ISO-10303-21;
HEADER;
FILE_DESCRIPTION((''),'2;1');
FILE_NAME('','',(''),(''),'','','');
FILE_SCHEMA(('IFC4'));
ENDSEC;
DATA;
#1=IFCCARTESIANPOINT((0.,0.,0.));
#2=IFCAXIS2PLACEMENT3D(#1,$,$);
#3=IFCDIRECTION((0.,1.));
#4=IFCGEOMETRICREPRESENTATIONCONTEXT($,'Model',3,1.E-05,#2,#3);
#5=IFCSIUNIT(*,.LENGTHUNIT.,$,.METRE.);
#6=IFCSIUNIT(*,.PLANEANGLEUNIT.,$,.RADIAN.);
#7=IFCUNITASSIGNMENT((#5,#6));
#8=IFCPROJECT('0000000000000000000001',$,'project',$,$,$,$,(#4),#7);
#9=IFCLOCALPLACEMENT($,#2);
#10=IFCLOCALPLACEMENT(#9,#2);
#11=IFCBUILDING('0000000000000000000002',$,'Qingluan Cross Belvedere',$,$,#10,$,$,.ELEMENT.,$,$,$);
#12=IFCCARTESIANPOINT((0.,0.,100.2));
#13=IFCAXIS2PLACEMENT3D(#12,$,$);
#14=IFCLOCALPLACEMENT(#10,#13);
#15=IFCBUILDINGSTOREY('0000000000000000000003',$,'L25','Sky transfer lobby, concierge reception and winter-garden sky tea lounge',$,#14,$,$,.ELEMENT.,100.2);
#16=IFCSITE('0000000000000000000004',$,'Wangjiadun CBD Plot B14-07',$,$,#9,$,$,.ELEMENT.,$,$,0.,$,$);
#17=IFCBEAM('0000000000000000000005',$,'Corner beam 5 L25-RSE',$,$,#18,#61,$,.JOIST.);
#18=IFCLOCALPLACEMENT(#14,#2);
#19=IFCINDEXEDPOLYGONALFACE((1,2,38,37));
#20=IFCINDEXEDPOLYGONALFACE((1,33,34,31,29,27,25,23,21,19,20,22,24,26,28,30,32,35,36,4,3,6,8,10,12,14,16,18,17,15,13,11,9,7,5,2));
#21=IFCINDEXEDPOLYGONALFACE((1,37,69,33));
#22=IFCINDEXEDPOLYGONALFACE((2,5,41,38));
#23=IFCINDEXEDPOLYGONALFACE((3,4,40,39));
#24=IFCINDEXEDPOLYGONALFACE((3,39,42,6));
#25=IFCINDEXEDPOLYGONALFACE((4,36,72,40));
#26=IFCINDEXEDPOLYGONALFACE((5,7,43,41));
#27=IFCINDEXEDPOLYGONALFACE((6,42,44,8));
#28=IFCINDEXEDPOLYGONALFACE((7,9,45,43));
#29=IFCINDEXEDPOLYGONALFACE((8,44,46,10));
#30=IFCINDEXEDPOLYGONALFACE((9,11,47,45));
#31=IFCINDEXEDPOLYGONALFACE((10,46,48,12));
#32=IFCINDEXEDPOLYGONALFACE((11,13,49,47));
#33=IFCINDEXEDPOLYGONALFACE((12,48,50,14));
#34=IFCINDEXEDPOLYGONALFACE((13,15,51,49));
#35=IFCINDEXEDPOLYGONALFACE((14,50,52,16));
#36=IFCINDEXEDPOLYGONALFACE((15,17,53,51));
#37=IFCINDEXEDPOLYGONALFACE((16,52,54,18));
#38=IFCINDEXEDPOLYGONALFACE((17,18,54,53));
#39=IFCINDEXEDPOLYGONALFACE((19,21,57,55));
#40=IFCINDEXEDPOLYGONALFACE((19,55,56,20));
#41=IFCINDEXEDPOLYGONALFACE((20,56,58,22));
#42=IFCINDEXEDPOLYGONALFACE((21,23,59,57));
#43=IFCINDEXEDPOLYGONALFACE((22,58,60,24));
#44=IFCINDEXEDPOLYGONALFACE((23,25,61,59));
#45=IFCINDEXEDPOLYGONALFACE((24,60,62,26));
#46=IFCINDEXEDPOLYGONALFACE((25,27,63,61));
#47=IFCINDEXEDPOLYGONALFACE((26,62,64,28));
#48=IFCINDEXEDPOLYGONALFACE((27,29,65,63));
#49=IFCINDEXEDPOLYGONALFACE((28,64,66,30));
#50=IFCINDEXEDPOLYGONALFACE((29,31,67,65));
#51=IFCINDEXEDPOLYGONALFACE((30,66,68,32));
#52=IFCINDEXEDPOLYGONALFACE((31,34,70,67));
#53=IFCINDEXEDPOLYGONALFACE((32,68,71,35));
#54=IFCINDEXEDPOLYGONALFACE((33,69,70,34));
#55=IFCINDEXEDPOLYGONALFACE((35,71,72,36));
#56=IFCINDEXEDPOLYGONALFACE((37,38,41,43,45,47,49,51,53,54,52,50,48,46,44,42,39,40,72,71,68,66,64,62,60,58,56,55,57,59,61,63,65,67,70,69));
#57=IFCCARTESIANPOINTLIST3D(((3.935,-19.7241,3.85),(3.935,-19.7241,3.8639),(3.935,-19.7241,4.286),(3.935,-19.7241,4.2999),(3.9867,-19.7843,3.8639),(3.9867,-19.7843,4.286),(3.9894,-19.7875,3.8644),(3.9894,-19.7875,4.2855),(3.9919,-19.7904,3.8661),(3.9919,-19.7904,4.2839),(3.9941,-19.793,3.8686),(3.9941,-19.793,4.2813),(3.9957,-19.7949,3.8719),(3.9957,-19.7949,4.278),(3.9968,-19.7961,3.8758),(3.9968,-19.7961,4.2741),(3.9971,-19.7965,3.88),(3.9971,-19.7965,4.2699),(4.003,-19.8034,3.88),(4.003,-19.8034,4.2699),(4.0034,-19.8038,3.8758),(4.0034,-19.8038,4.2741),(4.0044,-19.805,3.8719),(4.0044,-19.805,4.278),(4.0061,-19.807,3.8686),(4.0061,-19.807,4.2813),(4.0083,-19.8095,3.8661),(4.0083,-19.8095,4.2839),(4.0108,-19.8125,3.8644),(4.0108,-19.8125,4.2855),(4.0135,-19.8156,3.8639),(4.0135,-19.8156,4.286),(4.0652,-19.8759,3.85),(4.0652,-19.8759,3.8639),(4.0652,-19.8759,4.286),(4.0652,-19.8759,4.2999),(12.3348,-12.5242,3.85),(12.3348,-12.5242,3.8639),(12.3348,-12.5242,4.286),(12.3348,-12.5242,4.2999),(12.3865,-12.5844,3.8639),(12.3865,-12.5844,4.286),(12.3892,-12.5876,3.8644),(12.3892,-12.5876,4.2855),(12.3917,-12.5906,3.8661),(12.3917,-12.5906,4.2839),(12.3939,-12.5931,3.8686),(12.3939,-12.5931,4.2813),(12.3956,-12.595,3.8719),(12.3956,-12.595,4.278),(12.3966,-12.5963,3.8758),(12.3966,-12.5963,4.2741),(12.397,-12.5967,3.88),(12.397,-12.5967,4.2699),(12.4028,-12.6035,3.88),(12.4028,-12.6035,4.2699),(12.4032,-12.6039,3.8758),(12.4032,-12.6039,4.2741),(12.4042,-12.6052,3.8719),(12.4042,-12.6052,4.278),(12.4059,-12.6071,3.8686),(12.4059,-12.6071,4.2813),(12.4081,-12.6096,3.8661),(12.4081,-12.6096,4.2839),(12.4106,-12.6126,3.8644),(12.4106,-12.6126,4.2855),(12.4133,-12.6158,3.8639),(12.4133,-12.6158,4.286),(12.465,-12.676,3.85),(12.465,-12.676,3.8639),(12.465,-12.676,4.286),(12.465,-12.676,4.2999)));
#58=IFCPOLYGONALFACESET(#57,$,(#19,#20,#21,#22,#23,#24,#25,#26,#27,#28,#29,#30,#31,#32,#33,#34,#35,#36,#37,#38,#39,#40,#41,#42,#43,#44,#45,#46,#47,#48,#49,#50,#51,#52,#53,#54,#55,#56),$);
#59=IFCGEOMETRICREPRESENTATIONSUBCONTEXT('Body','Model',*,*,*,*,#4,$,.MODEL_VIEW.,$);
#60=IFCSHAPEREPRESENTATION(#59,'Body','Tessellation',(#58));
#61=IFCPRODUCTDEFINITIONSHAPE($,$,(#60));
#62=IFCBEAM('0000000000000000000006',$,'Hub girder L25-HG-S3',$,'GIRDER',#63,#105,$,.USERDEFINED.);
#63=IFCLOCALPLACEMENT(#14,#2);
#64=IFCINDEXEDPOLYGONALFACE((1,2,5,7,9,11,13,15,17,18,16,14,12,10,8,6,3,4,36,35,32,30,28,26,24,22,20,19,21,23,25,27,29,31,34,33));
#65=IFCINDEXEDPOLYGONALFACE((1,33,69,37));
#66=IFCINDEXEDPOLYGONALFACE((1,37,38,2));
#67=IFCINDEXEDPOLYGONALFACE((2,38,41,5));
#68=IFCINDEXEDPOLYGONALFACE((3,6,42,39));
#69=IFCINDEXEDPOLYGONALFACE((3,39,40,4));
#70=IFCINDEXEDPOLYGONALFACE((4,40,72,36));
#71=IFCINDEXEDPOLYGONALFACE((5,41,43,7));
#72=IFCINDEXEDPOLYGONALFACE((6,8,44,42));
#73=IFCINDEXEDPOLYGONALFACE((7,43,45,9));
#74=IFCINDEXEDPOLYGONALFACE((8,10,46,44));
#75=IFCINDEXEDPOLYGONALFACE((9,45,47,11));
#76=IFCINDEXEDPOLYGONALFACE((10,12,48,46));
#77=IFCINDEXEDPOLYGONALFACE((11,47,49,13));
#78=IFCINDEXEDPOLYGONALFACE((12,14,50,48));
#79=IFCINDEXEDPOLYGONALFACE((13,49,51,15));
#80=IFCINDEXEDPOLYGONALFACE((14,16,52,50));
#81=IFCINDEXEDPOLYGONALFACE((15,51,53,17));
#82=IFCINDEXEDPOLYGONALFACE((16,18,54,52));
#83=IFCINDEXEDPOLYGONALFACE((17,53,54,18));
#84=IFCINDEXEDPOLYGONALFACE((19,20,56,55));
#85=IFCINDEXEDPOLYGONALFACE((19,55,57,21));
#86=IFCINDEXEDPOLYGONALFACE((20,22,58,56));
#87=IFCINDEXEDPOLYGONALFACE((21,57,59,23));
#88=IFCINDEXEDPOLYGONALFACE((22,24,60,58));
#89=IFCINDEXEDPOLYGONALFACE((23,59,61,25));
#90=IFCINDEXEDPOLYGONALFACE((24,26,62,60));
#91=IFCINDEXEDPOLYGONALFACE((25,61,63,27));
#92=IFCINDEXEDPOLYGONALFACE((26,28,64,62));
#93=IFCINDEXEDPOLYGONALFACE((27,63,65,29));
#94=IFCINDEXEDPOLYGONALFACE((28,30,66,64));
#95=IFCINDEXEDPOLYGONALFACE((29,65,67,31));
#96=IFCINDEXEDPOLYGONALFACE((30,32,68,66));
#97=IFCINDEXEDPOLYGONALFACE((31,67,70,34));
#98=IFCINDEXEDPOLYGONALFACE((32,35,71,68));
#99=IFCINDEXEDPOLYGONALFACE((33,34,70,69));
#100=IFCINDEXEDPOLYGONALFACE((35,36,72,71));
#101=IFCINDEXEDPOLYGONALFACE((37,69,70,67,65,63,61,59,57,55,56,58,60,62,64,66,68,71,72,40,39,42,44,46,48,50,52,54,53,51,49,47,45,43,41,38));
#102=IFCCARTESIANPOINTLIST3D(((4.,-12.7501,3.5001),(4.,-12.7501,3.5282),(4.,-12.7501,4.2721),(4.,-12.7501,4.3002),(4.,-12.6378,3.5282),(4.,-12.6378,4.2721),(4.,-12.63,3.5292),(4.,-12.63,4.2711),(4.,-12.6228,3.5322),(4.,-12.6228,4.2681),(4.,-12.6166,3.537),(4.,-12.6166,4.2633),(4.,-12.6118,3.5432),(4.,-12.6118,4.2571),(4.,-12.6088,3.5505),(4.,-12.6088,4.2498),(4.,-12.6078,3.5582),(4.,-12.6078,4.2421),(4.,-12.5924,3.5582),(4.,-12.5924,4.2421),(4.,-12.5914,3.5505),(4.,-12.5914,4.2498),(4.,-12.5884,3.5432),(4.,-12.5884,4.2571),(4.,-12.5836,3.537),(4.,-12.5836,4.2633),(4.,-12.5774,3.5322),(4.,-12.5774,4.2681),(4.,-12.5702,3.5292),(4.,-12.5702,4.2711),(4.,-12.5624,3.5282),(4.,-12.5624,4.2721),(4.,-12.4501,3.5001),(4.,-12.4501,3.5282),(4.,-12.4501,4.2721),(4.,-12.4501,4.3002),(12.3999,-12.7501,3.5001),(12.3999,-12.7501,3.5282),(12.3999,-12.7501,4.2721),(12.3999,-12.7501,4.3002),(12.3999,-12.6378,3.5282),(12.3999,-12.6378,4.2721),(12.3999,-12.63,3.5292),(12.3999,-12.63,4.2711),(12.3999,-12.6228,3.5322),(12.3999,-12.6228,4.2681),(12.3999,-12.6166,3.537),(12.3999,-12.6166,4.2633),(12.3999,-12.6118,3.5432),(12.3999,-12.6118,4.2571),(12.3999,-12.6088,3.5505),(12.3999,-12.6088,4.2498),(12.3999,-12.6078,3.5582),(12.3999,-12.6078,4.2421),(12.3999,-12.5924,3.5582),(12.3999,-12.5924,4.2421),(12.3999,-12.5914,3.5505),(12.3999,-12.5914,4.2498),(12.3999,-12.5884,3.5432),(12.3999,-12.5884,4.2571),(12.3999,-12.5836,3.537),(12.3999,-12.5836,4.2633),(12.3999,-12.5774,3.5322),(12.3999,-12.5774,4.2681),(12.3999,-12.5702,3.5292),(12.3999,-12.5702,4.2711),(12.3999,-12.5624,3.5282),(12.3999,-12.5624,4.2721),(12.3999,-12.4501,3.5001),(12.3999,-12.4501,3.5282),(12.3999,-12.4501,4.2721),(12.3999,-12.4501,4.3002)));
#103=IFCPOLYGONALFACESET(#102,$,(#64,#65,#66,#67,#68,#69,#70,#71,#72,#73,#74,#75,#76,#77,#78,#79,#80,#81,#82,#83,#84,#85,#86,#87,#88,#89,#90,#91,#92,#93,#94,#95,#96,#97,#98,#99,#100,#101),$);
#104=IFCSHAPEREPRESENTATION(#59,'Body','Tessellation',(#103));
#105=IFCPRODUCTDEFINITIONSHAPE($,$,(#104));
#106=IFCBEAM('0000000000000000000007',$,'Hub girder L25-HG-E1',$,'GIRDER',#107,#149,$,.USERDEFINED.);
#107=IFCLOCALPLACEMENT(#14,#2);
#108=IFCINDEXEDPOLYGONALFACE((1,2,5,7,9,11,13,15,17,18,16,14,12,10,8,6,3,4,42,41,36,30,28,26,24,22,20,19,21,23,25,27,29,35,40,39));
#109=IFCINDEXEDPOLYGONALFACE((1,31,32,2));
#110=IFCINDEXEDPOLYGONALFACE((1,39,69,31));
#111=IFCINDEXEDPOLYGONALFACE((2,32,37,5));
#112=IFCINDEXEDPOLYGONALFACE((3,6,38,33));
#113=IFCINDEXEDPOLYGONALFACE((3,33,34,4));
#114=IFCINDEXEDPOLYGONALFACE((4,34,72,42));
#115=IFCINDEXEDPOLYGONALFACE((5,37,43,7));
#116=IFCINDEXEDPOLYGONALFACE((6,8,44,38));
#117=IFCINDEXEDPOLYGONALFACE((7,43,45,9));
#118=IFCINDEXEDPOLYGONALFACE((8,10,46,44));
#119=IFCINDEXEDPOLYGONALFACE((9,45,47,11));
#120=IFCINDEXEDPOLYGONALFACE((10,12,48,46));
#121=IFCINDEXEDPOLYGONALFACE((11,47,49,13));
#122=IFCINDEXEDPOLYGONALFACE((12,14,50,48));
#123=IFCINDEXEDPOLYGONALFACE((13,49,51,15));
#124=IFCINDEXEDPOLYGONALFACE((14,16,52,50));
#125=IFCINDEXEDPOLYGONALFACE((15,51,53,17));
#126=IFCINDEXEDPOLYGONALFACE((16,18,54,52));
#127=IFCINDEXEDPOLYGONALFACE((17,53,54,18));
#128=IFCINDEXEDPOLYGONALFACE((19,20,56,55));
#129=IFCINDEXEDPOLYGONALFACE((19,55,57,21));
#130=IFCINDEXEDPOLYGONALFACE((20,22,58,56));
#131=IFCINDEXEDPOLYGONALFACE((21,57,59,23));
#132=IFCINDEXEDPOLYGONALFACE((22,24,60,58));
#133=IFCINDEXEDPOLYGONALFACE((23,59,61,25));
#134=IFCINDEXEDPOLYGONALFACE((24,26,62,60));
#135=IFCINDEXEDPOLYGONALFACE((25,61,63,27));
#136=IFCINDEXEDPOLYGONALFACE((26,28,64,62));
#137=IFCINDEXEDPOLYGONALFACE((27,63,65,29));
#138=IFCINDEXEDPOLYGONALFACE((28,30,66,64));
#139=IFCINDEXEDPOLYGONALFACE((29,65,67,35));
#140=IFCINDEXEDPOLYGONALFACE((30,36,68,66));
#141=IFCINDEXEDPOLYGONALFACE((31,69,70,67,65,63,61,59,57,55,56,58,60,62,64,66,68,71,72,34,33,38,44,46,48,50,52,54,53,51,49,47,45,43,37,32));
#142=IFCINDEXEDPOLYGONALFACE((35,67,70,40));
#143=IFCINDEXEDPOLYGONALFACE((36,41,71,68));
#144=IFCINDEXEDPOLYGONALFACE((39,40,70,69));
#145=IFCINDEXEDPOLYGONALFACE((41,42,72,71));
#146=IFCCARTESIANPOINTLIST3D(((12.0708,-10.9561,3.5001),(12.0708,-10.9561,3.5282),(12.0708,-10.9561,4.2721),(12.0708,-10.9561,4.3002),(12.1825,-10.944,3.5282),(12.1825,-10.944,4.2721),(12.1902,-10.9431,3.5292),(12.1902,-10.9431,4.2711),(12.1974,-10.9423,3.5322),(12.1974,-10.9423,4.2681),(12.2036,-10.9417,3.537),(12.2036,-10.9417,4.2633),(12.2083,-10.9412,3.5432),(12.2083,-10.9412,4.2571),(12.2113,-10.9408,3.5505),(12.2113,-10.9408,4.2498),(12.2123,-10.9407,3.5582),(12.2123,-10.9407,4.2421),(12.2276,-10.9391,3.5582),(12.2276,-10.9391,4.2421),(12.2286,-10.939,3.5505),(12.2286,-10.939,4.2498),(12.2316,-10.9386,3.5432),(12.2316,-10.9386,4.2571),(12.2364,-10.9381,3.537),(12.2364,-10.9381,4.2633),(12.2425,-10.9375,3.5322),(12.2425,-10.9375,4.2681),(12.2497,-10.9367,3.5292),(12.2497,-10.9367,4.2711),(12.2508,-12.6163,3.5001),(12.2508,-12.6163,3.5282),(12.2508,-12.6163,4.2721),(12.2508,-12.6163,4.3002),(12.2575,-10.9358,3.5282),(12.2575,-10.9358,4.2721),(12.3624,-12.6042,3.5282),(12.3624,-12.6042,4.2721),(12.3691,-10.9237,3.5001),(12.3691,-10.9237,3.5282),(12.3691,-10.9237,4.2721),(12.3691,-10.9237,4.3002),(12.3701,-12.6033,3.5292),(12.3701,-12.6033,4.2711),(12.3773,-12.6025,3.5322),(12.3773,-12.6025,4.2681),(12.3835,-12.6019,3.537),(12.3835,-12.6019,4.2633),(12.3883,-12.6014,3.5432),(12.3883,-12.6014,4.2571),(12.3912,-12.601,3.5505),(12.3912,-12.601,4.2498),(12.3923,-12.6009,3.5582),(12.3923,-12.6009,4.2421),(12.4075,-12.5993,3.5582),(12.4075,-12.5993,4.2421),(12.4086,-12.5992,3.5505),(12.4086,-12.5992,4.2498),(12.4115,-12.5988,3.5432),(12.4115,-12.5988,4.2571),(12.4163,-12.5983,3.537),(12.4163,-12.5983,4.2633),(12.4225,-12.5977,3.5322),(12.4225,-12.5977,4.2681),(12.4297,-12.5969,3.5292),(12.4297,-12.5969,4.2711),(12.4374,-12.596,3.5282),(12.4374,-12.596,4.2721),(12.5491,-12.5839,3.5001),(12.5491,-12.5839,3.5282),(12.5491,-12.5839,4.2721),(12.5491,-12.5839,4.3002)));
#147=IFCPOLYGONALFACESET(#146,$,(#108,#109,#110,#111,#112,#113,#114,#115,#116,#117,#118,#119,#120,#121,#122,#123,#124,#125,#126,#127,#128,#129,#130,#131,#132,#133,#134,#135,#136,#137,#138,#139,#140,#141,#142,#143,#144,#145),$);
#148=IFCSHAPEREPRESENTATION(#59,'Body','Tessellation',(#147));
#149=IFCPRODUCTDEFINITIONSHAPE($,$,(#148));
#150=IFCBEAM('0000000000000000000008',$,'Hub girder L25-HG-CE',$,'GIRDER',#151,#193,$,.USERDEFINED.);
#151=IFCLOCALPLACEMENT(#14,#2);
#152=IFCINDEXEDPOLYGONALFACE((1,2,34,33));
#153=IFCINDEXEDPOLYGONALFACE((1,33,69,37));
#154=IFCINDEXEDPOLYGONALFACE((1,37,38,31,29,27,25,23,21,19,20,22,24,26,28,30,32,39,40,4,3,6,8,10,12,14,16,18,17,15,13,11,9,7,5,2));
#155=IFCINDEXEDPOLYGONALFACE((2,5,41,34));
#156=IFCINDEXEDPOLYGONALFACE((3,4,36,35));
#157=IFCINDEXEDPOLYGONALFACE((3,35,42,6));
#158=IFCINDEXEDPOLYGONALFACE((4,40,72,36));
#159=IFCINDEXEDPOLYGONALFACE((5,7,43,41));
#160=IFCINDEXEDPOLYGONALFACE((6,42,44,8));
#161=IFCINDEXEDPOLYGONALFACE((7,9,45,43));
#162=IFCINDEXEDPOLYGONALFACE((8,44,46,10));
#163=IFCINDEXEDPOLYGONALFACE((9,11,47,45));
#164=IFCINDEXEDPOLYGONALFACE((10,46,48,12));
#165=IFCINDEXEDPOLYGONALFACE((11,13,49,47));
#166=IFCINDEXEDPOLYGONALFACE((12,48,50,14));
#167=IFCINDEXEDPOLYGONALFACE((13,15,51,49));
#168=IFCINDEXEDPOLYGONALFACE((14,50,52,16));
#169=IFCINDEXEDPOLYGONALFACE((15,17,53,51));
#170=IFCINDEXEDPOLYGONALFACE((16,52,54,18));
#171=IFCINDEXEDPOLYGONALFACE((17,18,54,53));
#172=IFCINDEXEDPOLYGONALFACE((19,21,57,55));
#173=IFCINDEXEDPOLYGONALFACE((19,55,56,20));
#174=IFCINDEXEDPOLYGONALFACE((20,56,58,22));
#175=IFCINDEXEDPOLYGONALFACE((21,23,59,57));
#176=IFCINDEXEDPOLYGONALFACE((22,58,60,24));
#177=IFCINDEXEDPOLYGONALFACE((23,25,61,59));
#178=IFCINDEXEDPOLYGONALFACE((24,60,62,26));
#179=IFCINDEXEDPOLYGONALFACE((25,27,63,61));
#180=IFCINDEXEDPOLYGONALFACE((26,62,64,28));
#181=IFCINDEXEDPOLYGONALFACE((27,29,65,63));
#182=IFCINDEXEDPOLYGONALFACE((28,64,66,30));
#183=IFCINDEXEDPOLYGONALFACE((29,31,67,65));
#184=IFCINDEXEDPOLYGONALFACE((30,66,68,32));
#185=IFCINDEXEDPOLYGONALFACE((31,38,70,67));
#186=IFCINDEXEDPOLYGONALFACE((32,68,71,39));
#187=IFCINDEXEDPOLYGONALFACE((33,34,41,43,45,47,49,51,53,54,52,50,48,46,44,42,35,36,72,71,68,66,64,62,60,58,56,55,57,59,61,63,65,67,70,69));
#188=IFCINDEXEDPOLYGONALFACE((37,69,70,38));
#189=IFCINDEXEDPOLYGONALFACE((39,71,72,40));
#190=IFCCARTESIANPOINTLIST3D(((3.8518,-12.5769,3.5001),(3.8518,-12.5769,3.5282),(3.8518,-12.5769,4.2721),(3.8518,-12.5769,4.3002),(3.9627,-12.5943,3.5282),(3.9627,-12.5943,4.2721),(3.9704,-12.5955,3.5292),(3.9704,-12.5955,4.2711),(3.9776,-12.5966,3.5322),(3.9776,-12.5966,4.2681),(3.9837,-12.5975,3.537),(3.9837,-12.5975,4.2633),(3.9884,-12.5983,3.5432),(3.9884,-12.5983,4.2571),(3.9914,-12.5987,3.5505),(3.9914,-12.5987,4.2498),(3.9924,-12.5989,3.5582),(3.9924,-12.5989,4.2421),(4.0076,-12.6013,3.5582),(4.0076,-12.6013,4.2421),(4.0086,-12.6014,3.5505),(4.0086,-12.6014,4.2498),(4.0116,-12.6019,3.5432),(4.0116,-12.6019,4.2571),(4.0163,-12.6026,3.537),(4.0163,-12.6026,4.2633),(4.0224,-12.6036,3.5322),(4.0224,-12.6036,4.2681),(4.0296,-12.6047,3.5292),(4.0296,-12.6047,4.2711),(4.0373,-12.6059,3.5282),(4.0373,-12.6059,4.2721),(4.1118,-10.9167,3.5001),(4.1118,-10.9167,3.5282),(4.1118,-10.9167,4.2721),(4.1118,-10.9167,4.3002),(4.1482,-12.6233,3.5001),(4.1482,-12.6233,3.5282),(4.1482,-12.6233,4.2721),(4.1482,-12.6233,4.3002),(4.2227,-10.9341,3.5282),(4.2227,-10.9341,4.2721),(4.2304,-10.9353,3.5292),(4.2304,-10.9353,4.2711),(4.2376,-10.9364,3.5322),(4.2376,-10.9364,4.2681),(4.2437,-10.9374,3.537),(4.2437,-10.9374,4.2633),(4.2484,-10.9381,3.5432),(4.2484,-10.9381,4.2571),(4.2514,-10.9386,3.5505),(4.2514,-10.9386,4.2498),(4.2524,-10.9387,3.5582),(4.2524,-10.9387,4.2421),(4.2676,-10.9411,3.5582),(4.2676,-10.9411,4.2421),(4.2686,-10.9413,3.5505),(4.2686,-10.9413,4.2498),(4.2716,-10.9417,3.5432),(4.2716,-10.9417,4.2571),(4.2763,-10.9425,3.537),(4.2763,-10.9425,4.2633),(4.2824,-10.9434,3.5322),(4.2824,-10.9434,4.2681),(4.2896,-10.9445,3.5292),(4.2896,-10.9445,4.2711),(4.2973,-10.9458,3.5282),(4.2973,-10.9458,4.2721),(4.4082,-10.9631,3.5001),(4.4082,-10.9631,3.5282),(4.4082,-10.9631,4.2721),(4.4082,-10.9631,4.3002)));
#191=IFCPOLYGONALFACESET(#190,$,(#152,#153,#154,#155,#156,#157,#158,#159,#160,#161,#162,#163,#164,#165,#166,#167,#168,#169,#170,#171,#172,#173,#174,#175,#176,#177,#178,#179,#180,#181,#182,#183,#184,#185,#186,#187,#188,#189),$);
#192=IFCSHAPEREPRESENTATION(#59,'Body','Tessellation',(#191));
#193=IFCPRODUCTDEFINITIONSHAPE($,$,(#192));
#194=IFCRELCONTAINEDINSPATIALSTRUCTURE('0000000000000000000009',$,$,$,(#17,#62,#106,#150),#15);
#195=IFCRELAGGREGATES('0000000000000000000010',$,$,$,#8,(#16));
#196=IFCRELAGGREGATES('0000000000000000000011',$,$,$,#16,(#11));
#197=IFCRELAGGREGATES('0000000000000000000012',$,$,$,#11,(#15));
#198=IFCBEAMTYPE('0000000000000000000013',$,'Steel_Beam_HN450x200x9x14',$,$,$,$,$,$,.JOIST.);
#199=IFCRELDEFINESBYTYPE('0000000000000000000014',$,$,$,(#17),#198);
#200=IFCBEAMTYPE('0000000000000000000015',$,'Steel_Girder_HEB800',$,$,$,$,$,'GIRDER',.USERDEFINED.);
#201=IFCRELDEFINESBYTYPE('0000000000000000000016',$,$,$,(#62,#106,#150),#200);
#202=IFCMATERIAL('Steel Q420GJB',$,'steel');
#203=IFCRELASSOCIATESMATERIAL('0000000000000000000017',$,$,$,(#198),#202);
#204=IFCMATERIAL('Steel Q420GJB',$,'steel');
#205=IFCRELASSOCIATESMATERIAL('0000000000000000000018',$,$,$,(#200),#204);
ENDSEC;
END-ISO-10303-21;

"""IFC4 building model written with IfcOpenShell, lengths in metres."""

from ifc_helpers import new_model, si_unit, direction, frame, origin, origin_2d, place, context, subcontext, project, spatial, i_section, extrude, material, material_profile, profile_set, type_object, element, save


model = new_model("IFC4")

# Units and contexts
model_context = context("Model", 3, precision=1e-05, world=origin(), true_north=direction((0.0, 1.0)))
body_context = subcontext(model_context, "Body", "Model", "MODEL_VIEW")
ifc_project = project(units=[si_unit("LENGTHUNIT", "METRE"), si_unit("PLANEANGLEUNIT", "RADIAN")], contexts=[model_context])

# Site, building, storey
site_placement = place(None, origin())
site = spatial("IfcSite", under=ifc_project, at=site_placement, Name="Wangjiadun CBD Plot B14-07", CompositionType="ELEMENT", RefElevation=0.0)
building_placement = place(site_placement, origin())
building = spatial("IfcBuilding", under=site, at=building_placement, Name="Qingluan Cross Belvedere", CompositionType="ELEMENT")
storey_placement = place(building_placement, frame((0.0, 0.0, 100.2)))
storey = spatial("IfcBuildingStorey", under=building, at=storey_placement, Name="L25", Description="Sky transfer lobby, concierge reception and winter-garden sky tea lounge", CompositionType="ELEMENT", Elevation=100.2)

# Beams
ifc_material_1 = material(Name="Steel Q420GJB", Category="steel")
ifc_material_profile_1 = material_profile(ifc_material_1, i_section(OverallWidth=0.2, OverallDepth=0.45, WebThickness=0.009, FlangeThickness=0.0139, FilletRadius=0.0161, at=origin_2d()), Name="HN450x200x9x14")
ifc_profile_set_1 = profile_set([ifc_material_profile_1], Name="Steel Q420GJB")
beam_type_1 = type_object("IfcBeamType", Name="Steel_Beam_HN450x200x9x14", PredefinedType="JOIST", material=ifc_profile_set_1)
beam_1_placement = place(storey_placement, frame((12.3999, -12.6001, 4.075), z_axis=(-0.759255, -0.650793, 0.0), x_axis=(0.650793, -0.759255, 0.0)))
element("IfcBeam", 1, at=beam_1_placement, inside=storey, type_object=beam_type_1, Name="Corner beam 5 L25-RSE", PredefinedType="JOIST", context=body_context, shape_type="SweptSolid", body=[
    extrude(i_section(OverallWidth=0.2, OverallDepth=0.45, WebThickness=0.009, FlangeThickness=0.0139, FilletRadius=0.0161, at=origin_2d()), origin(), (0.0, 0.0, 1.0), 11.0632),
])
ifc_material_2 = material(Name="Steel Q420GJB", Category="steel")
ifc_material_profile_2 = material_profile(ifc_material_2, i_section(OverallWidth=0.3, OverallDepth=0.8, WebThickness=0.0154, FlangeThickness=0.0281, FilletRadius=0.03, at=origin_2d()), Name="HEB800")
ifc_profile_set_2 = profile_set([ifc_material_profile_2], Name="Steel Q420GJB")
beam_type_2 = type_object("IfcBeamType", Name="Steel_Girder_HEB800", ElementType="GIRDER", PredefinedType="USERDEFINED", material=ifc_profile_set_2)
beam_2_placement = place(storey_placement, frame((4.0, -12.6001, 3.9001), z_axis=(1.0, 0.0, 0.0), x_axis=(0.0, 1.0, 0.0)))
element("IfcBeam", 2, at=beam_2_placement, inside=storey, type_object=beam_type_2, Name="Hub girder L25-HG-S3", ObjectType="GIRDER", PredefinedType="USERDEFINED", context=body_context, shape_type="SweptSolid", body=[
    extrude(i_section(OverallWidth=0.3, OverallDepth=0.8, WebThickness=0.0154, FlangeThickness=0.0281, FilletRadius=0.03, at=origin_2d()), origin(), (0.0, 0.0, 1.0), 8.3999),
])
beam_3_placement = place(storey_placement, frame((12.3999, -12.6001, 3.9001), z_axis=(-0.107751, 0.994178, 0.0), x_axis=(-0.994178, -0.107751, 0.0)))
element("IfcBeam", 3, at=beam_3_placement, inside=storey, type_object=beam_type_2, Name="Hub girder L25-HG-E1", ObjectType="GIRDER", PredefinedType="USERDEFINED", context=body_context, shape_type="SweptSolid", body=[
    extrude(i_section(OverallWidth=0.3, OverallDepth=0.8, WebThickness=0.0154, FlangeThickness=0.0281, FilletRadius=0.03, at=origin_2d()), origin(), (0.0, 0.0, 1.0), 1.6699),
])
beam_4_placement = place(storey_placement, frame((4.0, -12.6001, 3.9001), z_axis=(0.154731, 0.987957, 0.0), x_axis=(-0.987957, 0.154731, 0.0)))
element("IfcBeam", 4, at=beam_4_placement, inside=storey, type_object=beam_type_2, Name="Hub girder L25-HG-CE", ObjectType="GIRDER", PredefinedType="USERDEFINED", context=body_context, shape_type="SweptSolid", body=[
    extrude(i_section(OverallWidth=0.3, OverallDepth=0.8, WebThickness=0.0154, FlangeThickness=0.0281, FilletRadius=0.03, at=origin_2d()), origin(), (0.0, 0.0, 1.0), 1.6804),
])

save(model, "model.ifc")
